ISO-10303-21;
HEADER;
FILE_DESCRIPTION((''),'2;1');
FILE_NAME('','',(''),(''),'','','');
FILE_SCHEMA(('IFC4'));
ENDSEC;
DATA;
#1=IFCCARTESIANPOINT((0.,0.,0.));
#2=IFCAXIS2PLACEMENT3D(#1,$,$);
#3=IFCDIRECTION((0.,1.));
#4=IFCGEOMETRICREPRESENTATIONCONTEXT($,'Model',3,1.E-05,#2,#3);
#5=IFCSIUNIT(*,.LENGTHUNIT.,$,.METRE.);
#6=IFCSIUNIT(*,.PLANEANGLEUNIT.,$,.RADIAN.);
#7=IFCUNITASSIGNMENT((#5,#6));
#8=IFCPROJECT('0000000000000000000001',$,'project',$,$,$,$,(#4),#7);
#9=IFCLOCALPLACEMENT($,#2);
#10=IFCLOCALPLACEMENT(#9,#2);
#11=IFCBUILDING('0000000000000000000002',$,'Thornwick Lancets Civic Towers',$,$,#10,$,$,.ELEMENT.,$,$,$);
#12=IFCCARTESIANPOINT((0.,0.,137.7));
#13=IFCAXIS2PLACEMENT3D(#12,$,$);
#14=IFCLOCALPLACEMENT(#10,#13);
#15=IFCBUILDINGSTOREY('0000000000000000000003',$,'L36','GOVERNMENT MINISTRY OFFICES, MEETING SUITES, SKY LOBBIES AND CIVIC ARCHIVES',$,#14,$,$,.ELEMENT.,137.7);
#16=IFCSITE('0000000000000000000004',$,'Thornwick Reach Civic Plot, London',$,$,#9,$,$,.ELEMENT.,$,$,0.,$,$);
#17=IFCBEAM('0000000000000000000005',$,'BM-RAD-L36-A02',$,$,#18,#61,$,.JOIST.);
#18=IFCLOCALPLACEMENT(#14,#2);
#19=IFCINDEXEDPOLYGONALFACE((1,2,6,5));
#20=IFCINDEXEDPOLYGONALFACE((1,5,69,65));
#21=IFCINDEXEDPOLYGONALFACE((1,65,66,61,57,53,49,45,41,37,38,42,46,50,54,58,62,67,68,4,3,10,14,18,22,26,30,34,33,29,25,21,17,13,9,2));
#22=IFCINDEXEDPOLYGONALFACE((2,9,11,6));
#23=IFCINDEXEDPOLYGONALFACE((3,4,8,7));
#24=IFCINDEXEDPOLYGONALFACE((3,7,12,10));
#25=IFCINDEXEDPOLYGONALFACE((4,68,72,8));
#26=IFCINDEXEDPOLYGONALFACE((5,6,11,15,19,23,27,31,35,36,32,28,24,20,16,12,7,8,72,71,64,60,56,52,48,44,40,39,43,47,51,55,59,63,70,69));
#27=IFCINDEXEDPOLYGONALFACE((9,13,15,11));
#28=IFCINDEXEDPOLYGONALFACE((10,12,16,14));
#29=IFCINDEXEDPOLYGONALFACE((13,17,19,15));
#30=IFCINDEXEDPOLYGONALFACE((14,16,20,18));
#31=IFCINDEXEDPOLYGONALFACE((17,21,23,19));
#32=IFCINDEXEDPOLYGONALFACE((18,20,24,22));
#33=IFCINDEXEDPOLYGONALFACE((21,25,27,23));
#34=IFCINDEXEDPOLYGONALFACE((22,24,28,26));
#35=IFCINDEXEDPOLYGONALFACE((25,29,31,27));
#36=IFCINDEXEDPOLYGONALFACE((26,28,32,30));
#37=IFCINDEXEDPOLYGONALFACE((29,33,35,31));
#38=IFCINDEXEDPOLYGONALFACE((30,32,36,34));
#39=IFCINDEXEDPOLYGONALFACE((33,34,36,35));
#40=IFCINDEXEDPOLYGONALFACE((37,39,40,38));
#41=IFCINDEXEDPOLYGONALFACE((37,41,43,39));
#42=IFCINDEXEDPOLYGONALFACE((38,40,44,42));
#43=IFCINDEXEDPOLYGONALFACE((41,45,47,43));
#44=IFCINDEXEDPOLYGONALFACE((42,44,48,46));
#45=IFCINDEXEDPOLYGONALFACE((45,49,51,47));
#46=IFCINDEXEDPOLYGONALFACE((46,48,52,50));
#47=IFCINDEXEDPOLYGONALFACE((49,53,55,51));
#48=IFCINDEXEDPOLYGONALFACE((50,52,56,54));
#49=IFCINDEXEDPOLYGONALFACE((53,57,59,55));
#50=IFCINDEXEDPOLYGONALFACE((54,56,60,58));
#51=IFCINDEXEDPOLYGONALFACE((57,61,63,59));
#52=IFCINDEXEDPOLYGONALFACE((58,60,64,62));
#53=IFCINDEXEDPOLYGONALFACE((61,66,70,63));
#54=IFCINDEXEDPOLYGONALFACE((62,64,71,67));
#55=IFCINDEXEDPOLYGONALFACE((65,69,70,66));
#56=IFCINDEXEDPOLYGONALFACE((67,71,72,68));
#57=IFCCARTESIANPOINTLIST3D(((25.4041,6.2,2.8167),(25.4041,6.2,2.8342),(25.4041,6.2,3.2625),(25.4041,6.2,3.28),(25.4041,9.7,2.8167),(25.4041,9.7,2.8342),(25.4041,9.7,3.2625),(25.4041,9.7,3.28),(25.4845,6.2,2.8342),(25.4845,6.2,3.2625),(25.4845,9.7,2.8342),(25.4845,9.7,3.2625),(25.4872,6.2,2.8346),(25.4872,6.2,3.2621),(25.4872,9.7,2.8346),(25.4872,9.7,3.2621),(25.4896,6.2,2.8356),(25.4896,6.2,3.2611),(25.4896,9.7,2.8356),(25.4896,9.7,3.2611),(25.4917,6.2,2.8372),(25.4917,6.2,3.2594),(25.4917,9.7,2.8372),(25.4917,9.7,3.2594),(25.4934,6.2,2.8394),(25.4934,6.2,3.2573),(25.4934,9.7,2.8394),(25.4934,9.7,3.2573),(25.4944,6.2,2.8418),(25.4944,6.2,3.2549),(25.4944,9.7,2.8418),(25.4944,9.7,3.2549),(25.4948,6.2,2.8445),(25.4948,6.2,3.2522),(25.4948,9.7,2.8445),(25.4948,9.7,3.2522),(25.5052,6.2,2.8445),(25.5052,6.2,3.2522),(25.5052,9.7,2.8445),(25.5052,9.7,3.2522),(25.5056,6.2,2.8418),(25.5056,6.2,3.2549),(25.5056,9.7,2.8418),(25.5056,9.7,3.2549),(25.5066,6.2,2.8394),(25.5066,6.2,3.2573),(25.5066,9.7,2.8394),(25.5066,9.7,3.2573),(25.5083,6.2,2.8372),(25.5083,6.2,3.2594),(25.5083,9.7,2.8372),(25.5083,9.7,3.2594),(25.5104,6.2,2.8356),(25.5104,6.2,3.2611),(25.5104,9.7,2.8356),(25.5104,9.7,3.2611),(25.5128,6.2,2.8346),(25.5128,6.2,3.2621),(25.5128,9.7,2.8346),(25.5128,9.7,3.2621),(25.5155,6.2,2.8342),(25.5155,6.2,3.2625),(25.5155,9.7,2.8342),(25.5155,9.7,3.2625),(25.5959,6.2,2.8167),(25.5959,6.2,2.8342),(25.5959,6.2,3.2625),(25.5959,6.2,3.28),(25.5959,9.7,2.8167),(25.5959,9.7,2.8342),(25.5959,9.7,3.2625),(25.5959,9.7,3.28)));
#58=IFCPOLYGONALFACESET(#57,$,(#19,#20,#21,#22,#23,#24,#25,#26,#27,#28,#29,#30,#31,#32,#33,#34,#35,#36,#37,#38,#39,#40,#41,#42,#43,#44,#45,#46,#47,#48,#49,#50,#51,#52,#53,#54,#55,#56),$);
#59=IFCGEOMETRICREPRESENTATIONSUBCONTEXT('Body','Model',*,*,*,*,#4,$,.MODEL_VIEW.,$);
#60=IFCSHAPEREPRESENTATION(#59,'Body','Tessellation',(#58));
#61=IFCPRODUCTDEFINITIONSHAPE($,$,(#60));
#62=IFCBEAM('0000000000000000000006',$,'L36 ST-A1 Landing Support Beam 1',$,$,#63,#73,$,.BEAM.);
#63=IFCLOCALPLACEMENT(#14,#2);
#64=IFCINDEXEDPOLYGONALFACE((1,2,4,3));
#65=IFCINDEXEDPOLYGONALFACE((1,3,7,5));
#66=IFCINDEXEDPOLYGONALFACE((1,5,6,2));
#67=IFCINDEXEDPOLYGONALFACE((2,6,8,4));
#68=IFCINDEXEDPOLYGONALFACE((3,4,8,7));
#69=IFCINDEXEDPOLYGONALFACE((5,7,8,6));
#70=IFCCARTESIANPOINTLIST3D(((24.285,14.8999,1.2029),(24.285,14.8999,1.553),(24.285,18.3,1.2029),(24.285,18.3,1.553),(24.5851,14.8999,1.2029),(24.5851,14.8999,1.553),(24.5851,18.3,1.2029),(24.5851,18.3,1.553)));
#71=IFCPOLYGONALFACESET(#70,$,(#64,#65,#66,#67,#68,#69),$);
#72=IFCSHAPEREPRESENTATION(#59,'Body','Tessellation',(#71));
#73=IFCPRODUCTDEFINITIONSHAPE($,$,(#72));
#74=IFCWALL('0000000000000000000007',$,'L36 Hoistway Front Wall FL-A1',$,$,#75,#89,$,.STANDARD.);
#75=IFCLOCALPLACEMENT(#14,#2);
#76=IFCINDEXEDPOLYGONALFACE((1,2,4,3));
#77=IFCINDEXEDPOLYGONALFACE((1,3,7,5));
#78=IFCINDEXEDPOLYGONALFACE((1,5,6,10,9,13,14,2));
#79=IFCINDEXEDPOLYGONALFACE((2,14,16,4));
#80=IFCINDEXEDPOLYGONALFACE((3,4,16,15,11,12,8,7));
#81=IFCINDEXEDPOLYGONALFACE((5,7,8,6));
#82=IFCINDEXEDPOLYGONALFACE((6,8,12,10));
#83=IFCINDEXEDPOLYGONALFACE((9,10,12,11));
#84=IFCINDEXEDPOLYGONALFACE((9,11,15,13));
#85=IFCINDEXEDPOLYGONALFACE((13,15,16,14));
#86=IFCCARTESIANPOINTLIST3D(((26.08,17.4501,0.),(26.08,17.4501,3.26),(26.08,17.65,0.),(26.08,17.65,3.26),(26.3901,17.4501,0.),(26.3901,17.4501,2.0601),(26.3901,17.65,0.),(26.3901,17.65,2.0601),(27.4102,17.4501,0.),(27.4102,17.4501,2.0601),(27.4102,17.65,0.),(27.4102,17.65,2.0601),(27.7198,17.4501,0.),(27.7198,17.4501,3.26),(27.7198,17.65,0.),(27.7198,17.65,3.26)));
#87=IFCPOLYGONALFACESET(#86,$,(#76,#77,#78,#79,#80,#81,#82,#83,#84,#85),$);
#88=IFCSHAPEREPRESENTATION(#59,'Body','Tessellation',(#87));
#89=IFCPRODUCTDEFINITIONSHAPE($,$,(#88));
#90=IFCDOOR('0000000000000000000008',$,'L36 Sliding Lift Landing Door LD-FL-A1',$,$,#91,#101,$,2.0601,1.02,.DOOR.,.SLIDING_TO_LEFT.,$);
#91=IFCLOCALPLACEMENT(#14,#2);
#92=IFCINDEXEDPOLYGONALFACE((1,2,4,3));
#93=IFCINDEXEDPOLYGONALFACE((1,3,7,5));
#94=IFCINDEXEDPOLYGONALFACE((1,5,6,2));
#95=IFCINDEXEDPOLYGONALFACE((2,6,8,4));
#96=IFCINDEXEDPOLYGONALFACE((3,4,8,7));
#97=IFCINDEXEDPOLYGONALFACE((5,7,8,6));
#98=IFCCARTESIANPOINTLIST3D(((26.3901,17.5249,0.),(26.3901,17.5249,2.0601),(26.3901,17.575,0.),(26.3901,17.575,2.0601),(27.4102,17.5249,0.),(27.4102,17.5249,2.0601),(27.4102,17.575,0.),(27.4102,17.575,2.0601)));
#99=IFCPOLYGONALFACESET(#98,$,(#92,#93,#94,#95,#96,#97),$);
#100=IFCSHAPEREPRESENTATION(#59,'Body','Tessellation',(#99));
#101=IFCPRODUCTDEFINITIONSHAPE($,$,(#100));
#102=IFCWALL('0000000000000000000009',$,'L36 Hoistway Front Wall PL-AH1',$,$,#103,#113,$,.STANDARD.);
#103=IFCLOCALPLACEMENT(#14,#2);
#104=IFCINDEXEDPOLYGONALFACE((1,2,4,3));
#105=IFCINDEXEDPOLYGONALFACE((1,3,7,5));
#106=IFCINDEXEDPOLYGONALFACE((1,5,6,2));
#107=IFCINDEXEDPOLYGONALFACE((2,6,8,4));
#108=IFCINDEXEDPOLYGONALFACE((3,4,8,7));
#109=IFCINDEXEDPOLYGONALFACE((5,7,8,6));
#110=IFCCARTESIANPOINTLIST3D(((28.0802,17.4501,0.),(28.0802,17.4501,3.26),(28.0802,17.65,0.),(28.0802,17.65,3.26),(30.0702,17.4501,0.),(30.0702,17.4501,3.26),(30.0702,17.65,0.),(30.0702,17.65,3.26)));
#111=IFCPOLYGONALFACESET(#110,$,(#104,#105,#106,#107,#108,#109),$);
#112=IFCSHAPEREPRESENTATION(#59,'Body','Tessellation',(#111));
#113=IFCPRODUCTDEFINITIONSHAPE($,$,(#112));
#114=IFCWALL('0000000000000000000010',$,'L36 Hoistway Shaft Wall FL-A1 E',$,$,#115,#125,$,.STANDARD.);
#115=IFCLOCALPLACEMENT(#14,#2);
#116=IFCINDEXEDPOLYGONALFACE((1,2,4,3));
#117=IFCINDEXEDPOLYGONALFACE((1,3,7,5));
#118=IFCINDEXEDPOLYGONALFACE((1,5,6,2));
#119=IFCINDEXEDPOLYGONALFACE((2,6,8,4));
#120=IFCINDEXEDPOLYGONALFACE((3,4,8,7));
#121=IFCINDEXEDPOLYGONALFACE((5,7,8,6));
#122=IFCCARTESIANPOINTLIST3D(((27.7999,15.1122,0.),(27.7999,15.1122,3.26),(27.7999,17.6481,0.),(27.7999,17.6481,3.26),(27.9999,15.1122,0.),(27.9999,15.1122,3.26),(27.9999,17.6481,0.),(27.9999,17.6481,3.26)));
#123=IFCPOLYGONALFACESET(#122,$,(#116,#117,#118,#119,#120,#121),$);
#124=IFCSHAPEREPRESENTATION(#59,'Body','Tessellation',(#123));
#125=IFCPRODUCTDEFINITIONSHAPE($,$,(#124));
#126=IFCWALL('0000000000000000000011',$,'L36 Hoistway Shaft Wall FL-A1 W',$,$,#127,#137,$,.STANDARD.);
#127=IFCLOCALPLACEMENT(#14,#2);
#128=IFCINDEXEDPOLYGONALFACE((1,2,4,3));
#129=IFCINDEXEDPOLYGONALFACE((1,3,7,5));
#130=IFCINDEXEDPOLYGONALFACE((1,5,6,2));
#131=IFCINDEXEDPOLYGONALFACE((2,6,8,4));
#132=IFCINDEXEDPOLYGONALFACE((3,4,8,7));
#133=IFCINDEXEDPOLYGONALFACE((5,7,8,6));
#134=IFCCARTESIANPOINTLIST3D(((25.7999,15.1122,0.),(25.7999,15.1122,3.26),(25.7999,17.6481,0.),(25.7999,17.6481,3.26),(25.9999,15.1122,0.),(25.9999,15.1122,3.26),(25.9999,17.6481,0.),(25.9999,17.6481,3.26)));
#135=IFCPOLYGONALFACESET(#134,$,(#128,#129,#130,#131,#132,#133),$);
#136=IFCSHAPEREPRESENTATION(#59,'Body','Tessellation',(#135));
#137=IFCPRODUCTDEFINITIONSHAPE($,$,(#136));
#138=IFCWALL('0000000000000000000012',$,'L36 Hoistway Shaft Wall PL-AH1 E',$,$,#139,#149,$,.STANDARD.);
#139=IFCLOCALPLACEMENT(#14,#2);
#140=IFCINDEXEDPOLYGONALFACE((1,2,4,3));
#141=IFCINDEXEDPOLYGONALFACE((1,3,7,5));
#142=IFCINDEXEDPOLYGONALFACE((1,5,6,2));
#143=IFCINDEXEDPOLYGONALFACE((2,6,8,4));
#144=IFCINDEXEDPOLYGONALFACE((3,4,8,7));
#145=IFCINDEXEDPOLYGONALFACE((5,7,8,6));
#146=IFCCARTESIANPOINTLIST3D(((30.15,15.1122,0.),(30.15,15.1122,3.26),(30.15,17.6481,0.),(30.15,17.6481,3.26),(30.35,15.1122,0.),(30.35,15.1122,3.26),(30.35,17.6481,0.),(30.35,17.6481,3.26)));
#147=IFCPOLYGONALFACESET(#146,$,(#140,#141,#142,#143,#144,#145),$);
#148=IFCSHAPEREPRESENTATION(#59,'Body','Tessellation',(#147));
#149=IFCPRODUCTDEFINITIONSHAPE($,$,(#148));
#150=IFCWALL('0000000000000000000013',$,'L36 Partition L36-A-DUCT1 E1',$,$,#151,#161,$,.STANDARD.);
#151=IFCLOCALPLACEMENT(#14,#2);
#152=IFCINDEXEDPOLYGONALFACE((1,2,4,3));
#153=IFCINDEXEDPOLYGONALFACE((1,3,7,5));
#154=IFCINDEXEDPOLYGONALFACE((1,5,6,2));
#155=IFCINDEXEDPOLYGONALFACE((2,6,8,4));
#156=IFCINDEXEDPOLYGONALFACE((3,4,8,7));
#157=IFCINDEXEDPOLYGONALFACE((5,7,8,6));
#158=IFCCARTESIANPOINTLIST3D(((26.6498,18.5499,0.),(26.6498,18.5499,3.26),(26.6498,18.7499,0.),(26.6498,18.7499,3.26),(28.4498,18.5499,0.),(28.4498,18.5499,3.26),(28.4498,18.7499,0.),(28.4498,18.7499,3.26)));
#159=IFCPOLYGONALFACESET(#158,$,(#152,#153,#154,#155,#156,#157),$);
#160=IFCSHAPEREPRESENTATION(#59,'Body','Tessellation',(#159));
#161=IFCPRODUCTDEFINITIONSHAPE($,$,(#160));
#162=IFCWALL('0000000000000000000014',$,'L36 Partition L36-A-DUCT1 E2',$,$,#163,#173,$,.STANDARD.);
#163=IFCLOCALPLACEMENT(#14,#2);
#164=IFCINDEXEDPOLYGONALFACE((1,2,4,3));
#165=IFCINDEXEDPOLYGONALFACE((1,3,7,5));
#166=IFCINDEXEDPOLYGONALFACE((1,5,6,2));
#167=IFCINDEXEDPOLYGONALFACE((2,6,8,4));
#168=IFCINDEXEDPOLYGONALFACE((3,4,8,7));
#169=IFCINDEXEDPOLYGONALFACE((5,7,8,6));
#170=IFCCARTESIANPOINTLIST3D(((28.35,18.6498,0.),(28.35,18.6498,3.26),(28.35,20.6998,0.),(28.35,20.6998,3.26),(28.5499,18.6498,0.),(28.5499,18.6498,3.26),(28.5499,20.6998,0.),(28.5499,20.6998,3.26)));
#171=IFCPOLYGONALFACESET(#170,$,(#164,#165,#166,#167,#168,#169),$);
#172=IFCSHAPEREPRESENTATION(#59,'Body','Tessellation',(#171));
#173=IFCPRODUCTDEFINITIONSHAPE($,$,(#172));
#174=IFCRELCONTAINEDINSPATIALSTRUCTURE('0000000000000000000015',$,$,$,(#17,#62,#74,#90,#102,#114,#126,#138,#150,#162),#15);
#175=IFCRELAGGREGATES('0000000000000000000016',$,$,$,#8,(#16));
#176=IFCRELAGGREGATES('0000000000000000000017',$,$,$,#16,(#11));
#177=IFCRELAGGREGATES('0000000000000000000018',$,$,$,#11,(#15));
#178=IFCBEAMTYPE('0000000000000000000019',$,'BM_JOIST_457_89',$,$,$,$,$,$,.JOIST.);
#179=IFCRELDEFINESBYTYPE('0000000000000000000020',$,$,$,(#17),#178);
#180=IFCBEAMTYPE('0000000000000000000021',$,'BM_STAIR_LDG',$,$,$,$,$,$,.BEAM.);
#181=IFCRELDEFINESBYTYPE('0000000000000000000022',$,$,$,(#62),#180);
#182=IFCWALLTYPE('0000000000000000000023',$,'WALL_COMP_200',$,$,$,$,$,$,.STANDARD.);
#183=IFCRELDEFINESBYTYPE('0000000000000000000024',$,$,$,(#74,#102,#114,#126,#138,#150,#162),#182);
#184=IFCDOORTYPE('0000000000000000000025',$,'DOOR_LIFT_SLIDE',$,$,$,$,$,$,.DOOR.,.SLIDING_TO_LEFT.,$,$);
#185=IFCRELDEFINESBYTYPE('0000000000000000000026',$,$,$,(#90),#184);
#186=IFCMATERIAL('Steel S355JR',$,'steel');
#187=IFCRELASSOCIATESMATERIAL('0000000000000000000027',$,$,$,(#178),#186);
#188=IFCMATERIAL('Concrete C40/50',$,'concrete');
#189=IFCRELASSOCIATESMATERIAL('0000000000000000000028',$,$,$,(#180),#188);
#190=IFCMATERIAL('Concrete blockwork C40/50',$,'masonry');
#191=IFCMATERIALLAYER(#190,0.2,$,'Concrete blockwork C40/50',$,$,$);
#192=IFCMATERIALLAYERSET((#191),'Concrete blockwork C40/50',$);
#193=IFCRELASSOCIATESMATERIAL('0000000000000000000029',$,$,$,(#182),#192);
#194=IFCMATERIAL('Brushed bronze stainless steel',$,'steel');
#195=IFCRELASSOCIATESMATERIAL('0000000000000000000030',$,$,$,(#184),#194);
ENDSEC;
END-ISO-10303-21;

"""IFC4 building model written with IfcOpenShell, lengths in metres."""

from ifc_helpers import new_model, si_unit, direction, frame, frame_2d, origin, origin_2d, place, context, subcontext, project, spatial, rectangle, i_section, extrude, material, layer, layer_set, material_profile, profile_set, type_object, element, fill, save


model = new_model("IFC4")

# Units and contexts
model_context = context("Model", 3, precision=1e-05, world=origin(), true_north=direction((0.0, 1.0)))
body_context = subcontext(model_context, "Body", "Model", "MODEL_VIEW")
ifc_project = project(units=[si_unit("LENGTHUNIT", "METRE"), si_unit("PLANEANGLEUNIT", "RADIAN")], contexts=[model_context])

# Site, building, storey
site_placement = place(None, origin())
site = spatial("IfcSite", under=ifc_project, at=site_placement, Name="Thornwick Reach Civic Plot, London", CompositionType="ELEMENT", RefElevation=0.0)
building_placement = place(site_placement, origin())
building = spatial("IfcBuilding", under=site, at=building_placement, Name="Thornwick Lancets Civic Towers", CompositionType="ELEMENT")
storey_placement = place(building_placement, frame((0.0, 0.0, 137.7)))
storey = spatial("IfcBuildingStorey", under=building, at=storey_placement, Name="L36", Description="GOVERNMENT MINISTRY OFFICES, MEETING SUITES, SKY LOBBIES AND CIVIC ARCHIVES", CompositionType="ELEMENT", Elevation=137.7)

# Beams
ifc_material_1 = material(Name="Steel S355JR", Category="steel")
ifc_material_profile_1 = material_profile(ifc_material_1, i_section(OverallWidth=0.1919, OverallDepth=0.4634, WebThickness=0.0105, FlangeThickness=0.0176, FilletRadius=0.0103, at=origin_2d()), Name="UKB 457x191x89")
ifc_profile_set_1 = profile_set([ifc_material_profile_1], Name="Steel S355JR")
beam_type_1 = type_object("IfcBeamType", Name="BM_JOIST_457_89", PredefinedType="JOIST", material=ifc_profile_set_1)
beam_1_placement = place(storey_placement, frame((25.5, 9.7, 3.0483), z_axis=(0.0, -1.0, 0.0), x_axis=(1.0, 0.0, 0.0)))
element("IfcBeam", 1, at=beam_1_placement, inside=storey, type_object=beam_type_1, Name="BM-RAD-L36-A02", PredefinedType="JOIST", context=body_context, shape_type="SweptSolid", body=[
    extrude(i_section(OverallWidth=0.1919, OverallDepth=0.4634, WebThickness=0.0105, FlangeThickness=0.0176, FilletRadius=0.0103, at=origin_2d()), origin(), (0.0, 0.0, 1.0), 3.5),
])
ifc_material_2 = material(Name="Concrete C40/50", Category="concrete")
ifc_material_profile_2 = material_profile(ifc_material_2, rectangle(XDim=0.3, YDim=0.3501, at=origin_2d()), Name="RC 300x350")
ifc_profile_set_2 = profile_set([ifc_material_profile_2], Name="Concrete C40/50")
beam_type_2 = type_object("IfcBeamType", Name="BM_STAIR_LDG", PredefinedType="BEAM", material=ifc_profile_set_2)
beam_2_placement = place(storey_placement, frame((24.4351, 14.8999, 1.3779), z_axis=(0.0, 1.0, 0.0), x_axis=(-1.0, 0.0, 0.0)))
element("IfcBeam", 2, at=beam_2_placement, inside=storey, type_object=beam_type_2, Name="L36 ST-A1 Landing Support Beam 1", PredefinedType="BEAM", context=body_context, shape_type="SweptSolid", body=[
    extrude(rectangle(XDim=0.3, YDim=0.3501, at=origin_2d()), origin(), (0.0, 0.0, 1.0), 3.4001),
])

# Wall, opening, door
ifc_material_3 = material(Name="Concrete blockwork C40/50", Category="masonry")
ifc_layer_1 = layer(ifc_material_3, 0.2, Name="Concrete blockwork C40/50")
ifc_layer_set_1 = layer_set([ifc_layer_1], Name="Concrete blockwork C40/50")
wall_type_1 = type_object("IfcWallType", Name="WALL_COMP_200", PredefinedType="STANDARD", material=ifc_layer_set_1)
wall_1_placement = place(storey_placement, frame((26.0801, 17.55, 0.0), z_axis=(0.0, 0.0, 1.0), x_axis=(1.0, 0.0, 0.0)))
wall_1 = element("IfcWall", 3, at=wall_1_placement, inside=storey, type_object=wall_type_1, Name="L36 Hoistway Front Wall FL-A1", PredefinedType="STANDARD", context=body_context, shape_type="SweptSolid", body=[
    extrude(rectangle(XDim=1.6399, YDim=0.2, at=frame_2d((0.8198, 0.0))), origin(), (0.0, 0.0, 1.0), 3.26),
])
opening_1_placement = place(wall_1_placement, frame((0.3101, 0.0, 0.0)))
opening_1 = element("IfcOpeningElement", 4, at=opening_1_placement, cuts=wall_1, PredefinedType="OPENING", context=body_context, shape_type="SweptSolid", body=[
    extrude(rectangle(XDim=1.02, YDim=2.0601, at=frame_2d((0.51, 1.03))), frame((0.0, 0.1099, 0.0), z_axis=(0.0, -1.0, 0.0), x_axis=(1.0, 0.0, 0.0)), (0.0, 0.0, 1.0), 0.22),
])
ifc_material_4 = material(Name="Brushed bronze stainless steel", Category="steel")
door_type_1 = type_object("IfcDoorType", Name="DOOR_LIFT_SLIDE", OperationType="SLIDING_TO_LEFT", PredefinedType="DOOR", material=ifc_material_4)
door_1_placement = place(opening_1_placement, origin())
door_1 = element("IfcDoor", 5, at=door_1_placement, inside=storey, type_object=door_type_1, Name="L36 Sliding Lift Landing Door LD-FL-A1", OperationType="SLIDING_TO_LEFT", OverallHeight=2.0601, OverallWidth=1.02, PredefinedType="DOOR", context=body_context, shape_type="SweptSolid", body=[
    extrude(rectangle(XDim=1.02, YDim=2.0601, at=frame_2d((0.51, 1.03))), frame((0.0, 0.0249, 0.0), z_axis=(0.0, -1.0, 0.0), x_axis=(1.0, 0.0, 0.0)), (0.0, 0.0, 1.0), 0.05),
])
fill(opening_1, door_1)

# Walls
wall_2_placement = place(storey_placement, frame((28.0801, 17.55, 0.0), z_axis=(0.0, 0.0, 1.0), x_axis=(1.0, 0.0, 0.0)))
element("IfcWall", 6, at=wall_2_placement, inside=storey, type_object=wall_type_1, Name="L36 Hoistway Front Wall PL-AH1", PredefinedType="STANDARD", context=body_context, shape_type="SweptSolid", body=[
    extrude(rectangle(XDim=1.99, YDim=0.2, at=frame_2d((0.9951, 0.0))), origin(), (0.0, 0.0, 1.0), 3.26),
])
for number, where, z_axis, x_axis, name in (
    (7, (27.8999, 15.1121, 0.0), (0.0, 0.0, 1.0), (0.0, 1.0, 0.0), "L36 Hoistway Shaft Wall FL-A1 E"),
    (8, (25.8999, 15.1121, 0.0), (0.0, 0.0, 1.0), (0.0, 1.0, 0.0), "L36 Hoistway Shaft Wall FL-A1 W"),
    (9, (30.25, 15.1121, 0.0), (0.0, 0.0, 1.0), (0.0, 1.0, 0.0), "L36 Hoistway Shaft Wall PL-AH1 E"),
):
    element("IfcWall", number, at=place(storey_placement, frame(where, z_axis=z_axis, x_axis=x_axis)), inside=storey, type_object=wall_type_1, Name=name, PredefinedType="STANDARD", context=body_context, shape_type="SweptSolid", body=[
        extrude(rectangle(XDim=2.5359, YDim=0.2, at=frame_2d((1.2681, 0.0))), origin(), (0.0, 0.0, 1.0), 3.26),
    ])
wall_3_placement = place(storey_placement, frame((26.6499, 18.6499, 0.0), z_axis=(0.0, 0.0, 1.0), x_axis=(1.0, 0.0, 0.0)))
element("IfcWall", 10, at=wall_3_placement, inside=storey, type_object=wall_type_1, Name="L36 Partition L36-A-DUCT1 E1", PredefinedType="STANDARD", context=body_context, shape_type="SweptSolid", body=[
    extrude(rectangle(XDim=1.8, YDim=0.2, at=frame_2d((0.8999, 0.0))), origin(), (0.0, 0.0, 1.0), 3.26),
])
wall_4_placement = place(storey_placement, frame((28.45, 18.6499, 0.0), z_axis=(0.0, 0.0, 1.0), x_axis=(0.0, 1.0, 0.0)))
element("IfcWall", 11, at=wall_4_placement, inside=storey, type_object=wall_type_1, Name="L36 Partition L36-A-DUCT1 E2", PredefinedType="STANDARD", context=body_context, shape_type="SweptSolid", body=[
    extrude(rectangle(XDim=2.05, YDim=0.2, at=frame_2d((1.0249, 0.0))), origin(), (0.0, 0.0, 1.0), 3.26),
])

save(model, "model.ifc")
